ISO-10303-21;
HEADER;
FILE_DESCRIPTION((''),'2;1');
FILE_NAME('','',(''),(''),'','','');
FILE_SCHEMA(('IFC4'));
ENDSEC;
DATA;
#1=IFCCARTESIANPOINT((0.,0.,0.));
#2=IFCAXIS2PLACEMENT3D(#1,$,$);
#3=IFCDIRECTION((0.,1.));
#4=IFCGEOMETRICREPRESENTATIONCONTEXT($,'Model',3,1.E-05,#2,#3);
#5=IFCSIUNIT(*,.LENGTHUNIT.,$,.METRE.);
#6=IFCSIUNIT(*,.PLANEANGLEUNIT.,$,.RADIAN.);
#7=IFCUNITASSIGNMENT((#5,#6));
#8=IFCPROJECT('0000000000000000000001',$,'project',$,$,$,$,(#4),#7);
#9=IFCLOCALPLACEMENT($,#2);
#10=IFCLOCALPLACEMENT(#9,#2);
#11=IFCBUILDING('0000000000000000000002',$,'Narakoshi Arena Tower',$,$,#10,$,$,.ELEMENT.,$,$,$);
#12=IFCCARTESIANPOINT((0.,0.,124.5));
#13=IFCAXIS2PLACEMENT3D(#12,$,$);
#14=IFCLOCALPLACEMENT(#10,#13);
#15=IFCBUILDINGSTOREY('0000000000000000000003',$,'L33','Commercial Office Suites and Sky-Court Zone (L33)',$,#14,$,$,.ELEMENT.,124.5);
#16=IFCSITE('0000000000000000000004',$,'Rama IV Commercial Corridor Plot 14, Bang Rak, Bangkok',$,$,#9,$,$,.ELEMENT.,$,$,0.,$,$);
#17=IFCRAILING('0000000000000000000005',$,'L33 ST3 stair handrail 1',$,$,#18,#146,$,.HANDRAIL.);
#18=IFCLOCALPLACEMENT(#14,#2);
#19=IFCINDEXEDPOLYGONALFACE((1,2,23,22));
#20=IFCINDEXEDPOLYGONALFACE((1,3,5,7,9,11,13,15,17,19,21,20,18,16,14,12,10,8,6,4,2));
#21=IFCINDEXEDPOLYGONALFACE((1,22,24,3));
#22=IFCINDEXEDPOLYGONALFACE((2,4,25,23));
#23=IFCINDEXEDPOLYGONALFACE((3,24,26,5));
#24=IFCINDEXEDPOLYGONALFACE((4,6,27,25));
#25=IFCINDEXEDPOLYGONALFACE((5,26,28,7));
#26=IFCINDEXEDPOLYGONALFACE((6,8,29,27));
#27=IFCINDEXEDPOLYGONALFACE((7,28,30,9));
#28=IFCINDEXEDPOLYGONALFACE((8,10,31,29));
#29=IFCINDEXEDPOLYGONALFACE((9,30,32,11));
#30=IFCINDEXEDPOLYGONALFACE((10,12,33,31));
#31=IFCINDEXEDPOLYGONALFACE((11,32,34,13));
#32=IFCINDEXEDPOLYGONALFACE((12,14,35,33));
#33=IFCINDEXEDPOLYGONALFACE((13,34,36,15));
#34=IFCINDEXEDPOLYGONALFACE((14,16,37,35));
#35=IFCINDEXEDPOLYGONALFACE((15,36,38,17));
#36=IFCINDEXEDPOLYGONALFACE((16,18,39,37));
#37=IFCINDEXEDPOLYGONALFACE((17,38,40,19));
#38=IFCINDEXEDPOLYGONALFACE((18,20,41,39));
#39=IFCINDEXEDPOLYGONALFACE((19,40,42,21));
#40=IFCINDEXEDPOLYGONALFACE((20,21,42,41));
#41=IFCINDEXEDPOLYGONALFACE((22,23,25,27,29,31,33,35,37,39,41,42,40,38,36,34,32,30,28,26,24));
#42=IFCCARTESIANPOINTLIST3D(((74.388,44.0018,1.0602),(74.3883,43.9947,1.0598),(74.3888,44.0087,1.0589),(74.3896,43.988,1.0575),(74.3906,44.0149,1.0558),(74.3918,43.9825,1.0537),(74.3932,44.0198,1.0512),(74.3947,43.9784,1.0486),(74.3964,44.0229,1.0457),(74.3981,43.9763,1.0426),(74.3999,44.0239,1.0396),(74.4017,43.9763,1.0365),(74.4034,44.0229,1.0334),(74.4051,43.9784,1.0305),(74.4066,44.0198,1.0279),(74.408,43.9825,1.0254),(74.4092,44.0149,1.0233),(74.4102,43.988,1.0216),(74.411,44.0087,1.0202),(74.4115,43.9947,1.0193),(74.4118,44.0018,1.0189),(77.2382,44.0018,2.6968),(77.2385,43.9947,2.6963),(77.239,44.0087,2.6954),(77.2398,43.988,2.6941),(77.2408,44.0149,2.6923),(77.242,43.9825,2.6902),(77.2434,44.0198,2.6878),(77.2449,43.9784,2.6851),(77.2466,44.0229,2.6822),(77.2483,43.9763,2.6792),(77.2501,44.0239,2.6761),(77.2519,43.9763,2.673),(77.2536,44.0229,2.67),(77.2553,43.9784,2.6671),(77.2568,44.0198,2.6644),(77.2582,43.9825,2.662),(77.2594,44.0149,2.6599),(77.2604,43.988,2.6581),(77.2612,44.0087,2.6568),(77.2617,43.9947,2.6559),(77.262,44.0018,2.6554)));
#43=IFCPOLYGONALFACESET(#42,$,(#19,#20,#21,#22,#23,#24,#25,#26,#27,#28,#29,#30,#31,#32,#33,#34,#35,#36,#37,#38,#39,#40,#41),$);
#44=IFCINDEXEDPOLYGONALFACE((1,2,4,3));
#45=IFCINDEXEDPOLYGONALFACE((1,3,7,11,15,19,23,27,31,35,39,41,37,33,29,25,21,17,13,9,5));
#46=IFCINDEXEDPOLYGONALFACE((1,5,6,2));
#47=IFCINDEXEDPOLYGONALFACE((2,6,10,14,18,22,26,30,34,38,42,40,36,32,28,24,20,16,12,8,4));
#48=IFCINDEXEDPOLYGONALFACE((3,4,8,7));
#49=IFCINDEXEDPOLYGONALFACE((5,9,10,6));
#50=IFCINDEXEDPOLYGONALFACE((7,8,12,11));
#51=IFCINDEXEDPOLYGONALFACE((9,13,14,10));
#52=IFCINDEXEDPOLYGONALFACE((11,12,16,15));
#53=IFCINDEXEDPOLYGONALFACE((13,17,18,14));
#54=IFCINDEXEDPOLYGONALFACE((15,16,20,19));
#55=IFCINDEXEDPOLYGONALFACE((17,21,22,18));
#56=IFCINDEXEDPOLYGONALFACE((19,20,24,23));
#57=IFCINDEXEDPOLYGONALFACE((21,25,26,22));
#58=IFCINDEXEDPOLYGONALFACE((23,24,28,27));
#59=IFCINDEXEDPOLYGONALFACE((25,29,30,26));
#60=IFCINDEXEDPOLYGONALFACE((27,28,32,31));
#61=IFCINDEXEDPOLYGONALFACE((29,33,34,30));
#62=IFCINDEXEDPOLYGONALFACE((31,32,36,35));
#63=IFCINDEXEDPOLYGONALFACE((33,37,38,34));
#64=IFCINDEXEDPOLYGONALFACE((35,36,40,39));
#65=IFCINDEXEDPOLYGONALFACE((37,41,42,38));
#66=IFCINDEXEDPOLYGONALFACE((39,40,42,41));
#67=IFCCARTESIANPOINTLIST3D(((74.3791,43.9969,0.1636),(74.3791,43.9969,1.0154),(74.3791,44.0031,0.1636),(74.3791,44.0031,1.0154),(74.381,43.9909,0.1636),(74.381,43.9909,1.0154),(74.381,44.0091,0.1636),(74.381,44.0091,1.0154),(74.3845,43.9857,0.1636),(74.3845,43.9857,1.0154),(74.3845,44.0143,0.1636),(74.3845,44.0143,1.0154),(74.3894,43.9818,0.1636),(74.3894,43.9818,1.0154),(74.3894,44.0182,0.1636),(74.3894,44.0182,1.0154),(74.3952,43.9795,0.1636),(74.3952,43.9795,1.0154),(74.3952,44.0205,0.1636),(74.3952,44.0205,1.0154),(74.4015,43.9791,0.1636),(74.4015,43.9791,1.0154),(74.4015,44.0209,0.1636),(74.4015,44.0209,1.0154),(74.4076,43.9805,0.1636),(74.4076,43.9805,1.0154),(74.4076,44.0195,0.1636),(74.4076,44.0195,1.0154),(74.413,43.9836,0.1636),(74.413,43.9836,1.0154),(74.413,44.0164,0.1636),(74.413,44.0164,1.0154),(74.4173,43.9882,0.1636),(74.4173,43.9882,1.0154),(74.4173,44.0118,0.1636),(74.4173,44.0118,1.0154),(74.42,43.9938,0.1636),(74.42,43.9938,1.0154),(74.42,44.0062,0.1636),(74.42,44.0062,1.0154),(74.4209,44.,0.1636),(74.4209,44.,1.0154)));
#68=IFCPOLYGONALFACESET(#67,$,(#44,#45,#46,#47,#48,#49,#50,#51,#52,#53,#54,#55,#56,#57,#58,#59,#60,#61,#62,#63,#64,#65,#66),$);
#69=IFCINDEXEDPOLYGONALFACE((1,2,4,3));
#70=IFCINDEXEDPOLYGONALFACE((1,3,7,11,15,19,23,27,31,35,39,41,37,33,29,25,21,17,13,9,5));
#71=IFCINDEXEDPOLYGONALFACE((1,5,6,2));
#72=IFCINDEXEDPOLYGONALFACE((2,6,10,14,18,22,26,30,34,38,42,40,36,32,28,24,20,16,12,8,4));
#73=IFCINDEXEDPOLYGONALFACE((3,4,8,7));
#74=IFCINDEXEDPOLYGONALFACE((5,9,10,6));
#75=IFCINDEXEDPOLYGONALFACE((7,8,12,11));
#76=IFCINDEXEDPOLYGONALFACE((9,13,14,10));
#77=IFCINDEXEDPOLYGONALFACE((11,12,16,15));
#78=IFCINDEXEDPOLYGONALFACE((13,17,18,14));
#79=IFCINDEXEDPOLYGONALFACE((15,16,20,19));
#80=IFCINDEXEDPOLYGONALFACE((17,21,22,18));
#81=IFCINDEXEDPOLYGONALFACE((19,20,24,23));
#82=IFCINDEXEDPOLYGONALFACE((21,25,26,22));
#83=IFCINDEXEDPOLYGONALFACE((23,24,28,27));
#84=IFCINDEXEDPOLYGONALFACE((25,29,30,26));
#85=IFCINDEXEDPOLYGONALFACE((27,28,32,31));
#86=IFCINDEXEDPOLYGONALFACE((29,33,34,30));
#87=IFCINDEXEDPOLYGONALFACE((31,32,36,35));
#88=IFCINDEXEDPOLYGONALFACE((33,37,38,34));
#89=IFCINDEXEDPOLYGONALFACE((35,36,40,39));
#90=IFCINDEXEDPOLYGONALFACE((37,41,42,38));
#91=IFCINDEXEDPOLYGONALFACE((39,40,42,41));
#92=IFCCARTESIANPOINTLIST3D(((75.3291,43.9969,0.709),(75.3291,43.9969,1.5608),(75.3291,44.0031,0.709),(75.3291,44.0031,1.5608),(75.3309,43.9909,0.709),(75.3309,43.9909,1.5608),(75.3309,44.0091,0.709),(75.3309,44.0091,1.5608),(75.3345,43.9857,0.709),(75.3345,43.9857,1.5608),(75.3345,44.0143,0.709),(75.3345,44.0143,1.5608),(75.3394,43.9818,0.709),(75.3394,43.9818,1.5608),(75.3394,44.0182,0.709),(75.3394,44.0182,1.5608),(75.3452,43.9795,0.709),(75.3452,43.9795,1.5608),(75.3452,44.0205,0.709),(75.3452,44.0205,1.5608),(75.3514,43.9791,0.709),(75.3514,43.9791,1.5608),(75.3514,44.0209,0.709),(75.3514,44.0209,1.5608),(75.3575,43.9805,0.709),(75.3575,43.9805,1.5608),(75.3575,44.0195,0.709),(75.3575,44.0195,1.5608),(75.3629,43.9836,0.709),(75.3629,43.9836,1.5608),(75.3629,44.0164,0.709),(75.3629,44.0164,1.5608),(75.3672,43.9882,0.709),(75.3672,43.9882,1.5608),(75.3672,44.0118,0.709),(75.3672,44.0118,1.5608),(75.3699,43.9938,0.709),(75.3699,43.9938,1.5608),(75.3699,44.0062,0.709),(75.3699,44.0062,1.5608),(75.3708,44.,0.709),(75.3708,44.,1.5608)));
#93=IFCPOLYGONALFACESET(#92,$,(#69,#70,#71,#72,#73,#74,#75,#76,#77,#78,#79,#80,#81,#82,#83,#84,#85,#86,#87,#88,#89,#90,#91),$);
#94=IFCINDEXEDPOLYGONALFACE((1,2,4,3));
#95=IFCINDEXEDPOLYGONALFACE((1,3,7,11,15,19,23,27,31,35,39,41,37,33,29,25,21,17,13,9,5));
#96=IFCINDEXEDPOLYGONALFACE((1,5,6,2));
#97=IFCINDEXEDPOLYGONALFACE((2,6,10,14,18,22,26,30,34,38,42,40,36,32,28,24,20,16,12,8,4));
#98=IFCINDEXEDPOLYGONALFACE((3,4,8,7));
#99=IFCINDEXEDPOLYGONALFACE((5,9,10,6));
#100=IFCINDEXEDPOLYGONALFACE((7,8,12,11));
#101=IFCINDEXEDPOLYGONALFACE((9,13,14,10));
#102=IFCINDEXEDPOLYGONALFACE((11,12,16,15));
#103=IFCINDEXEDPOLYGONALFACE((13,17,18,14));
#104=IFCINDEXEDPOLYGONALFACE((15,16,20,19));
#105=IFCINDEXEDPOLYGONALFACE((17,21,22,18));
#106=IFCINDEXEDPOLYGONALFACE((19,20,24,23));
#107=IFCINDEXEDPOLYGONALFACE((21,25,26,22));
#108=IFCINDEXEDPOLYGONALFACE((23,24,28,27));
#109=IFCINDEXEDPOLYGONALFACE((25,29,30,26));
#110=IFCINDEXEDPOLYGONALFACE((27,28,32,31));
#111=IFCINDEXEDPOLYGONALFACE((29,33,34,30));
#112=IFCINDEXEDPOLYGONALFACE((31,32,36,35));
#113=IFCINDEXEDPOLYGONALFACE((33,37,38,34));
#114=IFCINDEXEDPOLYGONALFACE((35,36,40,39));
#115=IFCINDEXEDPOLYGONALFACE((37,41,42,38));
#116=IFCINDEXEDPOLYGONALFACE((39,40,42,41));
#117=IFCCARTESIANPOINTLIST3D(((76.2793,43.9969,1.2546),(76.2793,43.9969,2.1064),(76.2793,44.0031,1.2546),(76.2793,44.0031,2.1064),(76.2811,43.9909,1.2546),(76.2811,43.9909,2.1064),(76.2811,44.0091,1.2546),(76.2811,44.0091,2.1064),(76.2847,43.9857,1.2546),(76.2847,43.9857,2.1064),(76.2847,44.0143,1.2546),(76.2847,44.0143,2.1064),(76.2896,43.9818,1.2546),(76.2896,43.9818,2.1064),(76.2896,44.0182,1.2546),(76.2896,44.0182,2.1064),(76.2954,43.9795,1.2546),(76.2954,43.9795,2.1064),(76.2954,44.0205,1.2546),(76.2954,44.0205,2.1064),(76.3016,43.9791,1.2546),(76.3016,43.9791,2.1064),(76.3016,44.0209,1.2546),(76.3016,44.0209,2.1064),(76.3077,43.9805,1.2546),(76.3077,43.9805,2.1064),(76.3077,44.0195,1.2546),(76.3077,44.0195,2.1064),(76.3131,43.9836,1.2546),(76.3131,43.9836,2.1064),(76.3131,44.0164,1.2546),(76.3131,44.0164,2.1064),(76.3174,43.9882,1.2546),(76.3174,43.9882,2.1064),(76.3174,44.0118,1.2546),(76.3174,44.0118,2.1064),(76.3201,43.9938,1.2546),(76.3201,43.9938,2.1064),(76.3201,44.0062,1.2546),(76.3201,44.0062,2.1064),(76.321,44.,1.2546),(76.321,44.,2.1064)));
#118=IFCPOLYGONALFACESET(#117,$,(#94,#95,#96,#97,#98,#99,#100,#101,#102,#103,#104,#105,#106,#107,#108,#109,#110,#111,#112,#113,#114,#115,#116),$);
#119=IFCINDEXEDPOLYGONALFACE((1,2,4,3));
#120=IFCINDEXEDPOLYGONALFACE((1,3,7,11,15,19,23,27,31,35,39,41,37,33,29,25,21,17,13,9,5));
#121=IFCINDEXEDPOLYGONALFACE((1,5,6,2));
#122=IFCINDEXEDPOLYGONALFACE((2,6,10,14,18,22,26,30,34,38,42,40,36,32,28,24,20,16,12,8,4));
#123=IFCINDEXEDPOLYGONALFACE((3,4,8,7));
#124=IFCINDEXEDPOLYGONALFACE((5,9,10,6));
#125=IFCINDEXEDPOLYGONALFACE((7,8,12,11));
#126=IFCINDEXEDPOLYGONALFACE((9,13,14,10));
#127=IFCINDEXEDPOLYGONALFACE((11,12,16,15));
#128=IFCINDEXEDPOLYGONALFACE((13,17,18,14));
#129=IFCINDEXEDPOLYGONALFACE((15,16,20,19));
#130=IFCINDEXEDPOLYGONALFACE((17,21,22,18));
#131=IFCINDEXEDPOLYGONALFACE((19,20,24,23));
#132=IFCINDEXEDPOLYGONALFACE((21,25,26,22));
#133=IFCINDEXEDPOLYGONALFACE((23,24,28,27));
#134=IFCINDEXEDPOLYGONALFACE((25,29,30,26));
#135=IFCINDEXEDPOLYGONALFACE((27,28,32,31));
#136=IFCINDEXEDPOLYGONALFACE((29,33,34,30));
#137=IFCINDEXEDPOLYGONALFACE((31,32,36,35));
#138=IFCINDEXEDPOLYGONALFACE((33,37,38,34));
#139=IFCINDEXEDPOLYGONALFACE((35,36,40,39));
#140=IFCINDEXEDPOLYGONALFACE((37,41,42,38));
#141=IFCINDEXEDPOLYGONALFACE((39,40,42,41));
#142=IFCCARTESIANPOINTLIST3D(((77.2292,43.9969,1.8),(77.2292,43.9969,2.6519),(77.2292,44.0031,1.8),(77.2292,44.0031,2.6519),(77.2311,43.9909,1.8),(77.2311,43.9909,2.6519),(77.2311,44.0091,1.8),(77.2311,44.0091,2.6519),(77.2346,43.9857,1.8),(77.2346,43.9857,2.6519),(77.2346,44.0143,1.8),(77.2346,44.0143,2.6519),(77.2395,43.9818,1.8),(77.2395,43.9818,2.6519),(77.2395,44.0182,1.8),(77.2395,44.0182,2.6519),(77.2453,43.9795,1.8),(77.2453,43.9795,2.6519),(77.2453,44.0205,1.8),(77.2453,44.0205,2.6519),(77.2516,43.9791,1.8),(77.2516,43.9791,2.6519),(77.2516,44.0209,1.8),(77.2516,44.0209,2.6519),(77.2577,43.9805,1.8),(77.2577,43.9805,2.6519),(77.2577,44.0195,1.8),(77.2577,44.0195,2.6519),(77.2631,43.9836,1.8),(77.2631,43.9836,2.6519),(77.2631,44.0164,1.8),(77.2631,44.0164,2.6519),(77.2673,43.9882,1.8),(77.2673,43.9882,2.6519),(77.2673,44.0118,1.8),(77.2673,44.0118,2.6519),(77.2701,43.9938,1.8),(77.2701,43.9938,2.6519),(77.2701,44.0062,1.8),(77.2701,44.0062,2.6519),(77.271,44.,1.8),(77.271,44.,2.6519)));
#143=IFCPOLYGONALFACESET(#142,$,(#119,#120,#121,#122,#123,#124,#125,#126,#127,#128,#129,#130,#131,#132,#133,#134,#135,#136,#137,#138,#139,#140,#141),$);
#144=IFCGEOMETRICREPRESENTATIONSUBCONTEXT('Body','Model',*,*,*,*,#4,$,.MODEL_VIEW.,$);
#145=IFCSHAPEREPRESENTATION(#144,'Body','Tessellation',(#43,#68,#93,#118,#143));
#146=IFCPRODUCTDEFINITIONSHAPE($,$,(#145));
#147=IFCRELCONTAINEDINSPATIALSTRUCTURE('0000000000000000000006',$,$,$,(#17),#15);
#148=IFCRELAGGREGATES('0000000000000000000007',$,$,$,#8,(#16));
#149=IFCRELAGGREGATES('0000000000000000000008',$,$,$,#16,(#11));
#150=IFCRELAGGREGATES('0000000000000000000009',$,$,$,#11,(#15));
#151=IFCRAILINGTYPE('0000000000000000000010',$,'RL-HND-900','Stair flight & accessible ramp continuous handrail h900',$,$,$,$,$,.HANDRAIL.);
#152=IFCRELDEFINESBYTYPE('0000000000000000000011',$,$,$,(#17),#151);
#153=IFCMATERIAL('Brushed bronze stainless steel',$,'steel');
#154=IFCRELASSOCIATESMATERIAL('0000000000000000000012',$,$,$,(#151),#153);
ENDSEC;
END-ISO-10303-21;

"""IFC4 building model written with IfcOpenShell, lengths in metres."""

from ifc_helpers import new_model, si_unit, direction, frame, origin, origin_2d, place, context, subcontext, project, spatial, circle, extrude, material, type_object, element, save


model = new_model("IFC4")

# Units and contexts
model_context = context("Model", 3, precision=1e-05, world=origin(), true_north=direction((0.0, 1.0)))
body_context = subcontext(model_context, "Body", "Model", "MODEL_VIEW")
ifc_project = project(units=[si_unit("LENGTHUNIT", "METRE"), si_unit("PLANEANGLEUNIT", "RADIAN")], contexts=[model_context])

# Site, building, storey
site_placement = place(None, origin())
site = spatial("IfcSite", under=ifc_project, at=site_placement, Name="Rama IV Commercial Corridor Plot 14, Bang Rak, Bangkok", CompositionType="ELEMENT", RefElevation=0.0)
building_placement = place(site_placement, origin())
building = spatial("IfcBuilding", under=site, at=building_placement, Name="Narakoshi Arena Tower", CompositionType="ELEMENT")
storey_placement = place(building_placement, frame((0.0, 0.0, 124.5)))
storey = spatial("IfcBuildingStorey", under=building, at=storey_placement, Name="L33", Description="Commercial Office Suites and Sky-Court Zone (L33)", CompositionType="ELEMENT", Elevation=124.5)

# Railing
ifc_material_1 = material(Name="Brushed bronze stainless steel", Category="steel")
railing_type_1 = type_object("IfcRailingType", Name="RL-HND-900", Description="Stair flight & accessible ramp continuous handrail h900", PredefinedType="HANDRAIL", material=ifc_material_1)
for number, where, name in (
    (1, (74.3999, 44.0, 0.1636), "L33 ST3 stair handrail 1"),
):
    element("IfcRailing", number, at=place(storey_placement, frame(where)), inside=storey, type_object=railing_type_1, Name=name, PredefinedType="HANDRAIL", context=body_context, shape_type="SweptSolid", body=[
        extrude(circle(Radius=0.0239, at=origin_2d()), frame((0.0, 0.0, 0.876), z_axis=(0.867213, 0.0, 0.497938), x_axis=(0.0, 1.0, 0.0)), (0.0, 0.0, 1.0), 3.2866),
        extrude(circle(Radius=0.021, at=origin_2d()), origin(), (0.0, 0.0, 1.0), 0.8518),
        extrude(circle(Radius=0.021, at=origin_2d()), frame((0.95, 0.0, 0.5454)), (0.0, 0.0, 1.0), 0.8518),
        extrude(circle(Radius=0.021, at=origin_2d()), frame((1.9001, 0.0, 1.0911)), (0.0, 0.0, 1.0), 0.8518),
        extrude(circle(Radius=0.021, at=origin_2d()), frame((2.8501, 0.0, 1.6365)), (0.0, 0.0, 1.0), 0.8518),
    ])

save(model, "model.ifc")
